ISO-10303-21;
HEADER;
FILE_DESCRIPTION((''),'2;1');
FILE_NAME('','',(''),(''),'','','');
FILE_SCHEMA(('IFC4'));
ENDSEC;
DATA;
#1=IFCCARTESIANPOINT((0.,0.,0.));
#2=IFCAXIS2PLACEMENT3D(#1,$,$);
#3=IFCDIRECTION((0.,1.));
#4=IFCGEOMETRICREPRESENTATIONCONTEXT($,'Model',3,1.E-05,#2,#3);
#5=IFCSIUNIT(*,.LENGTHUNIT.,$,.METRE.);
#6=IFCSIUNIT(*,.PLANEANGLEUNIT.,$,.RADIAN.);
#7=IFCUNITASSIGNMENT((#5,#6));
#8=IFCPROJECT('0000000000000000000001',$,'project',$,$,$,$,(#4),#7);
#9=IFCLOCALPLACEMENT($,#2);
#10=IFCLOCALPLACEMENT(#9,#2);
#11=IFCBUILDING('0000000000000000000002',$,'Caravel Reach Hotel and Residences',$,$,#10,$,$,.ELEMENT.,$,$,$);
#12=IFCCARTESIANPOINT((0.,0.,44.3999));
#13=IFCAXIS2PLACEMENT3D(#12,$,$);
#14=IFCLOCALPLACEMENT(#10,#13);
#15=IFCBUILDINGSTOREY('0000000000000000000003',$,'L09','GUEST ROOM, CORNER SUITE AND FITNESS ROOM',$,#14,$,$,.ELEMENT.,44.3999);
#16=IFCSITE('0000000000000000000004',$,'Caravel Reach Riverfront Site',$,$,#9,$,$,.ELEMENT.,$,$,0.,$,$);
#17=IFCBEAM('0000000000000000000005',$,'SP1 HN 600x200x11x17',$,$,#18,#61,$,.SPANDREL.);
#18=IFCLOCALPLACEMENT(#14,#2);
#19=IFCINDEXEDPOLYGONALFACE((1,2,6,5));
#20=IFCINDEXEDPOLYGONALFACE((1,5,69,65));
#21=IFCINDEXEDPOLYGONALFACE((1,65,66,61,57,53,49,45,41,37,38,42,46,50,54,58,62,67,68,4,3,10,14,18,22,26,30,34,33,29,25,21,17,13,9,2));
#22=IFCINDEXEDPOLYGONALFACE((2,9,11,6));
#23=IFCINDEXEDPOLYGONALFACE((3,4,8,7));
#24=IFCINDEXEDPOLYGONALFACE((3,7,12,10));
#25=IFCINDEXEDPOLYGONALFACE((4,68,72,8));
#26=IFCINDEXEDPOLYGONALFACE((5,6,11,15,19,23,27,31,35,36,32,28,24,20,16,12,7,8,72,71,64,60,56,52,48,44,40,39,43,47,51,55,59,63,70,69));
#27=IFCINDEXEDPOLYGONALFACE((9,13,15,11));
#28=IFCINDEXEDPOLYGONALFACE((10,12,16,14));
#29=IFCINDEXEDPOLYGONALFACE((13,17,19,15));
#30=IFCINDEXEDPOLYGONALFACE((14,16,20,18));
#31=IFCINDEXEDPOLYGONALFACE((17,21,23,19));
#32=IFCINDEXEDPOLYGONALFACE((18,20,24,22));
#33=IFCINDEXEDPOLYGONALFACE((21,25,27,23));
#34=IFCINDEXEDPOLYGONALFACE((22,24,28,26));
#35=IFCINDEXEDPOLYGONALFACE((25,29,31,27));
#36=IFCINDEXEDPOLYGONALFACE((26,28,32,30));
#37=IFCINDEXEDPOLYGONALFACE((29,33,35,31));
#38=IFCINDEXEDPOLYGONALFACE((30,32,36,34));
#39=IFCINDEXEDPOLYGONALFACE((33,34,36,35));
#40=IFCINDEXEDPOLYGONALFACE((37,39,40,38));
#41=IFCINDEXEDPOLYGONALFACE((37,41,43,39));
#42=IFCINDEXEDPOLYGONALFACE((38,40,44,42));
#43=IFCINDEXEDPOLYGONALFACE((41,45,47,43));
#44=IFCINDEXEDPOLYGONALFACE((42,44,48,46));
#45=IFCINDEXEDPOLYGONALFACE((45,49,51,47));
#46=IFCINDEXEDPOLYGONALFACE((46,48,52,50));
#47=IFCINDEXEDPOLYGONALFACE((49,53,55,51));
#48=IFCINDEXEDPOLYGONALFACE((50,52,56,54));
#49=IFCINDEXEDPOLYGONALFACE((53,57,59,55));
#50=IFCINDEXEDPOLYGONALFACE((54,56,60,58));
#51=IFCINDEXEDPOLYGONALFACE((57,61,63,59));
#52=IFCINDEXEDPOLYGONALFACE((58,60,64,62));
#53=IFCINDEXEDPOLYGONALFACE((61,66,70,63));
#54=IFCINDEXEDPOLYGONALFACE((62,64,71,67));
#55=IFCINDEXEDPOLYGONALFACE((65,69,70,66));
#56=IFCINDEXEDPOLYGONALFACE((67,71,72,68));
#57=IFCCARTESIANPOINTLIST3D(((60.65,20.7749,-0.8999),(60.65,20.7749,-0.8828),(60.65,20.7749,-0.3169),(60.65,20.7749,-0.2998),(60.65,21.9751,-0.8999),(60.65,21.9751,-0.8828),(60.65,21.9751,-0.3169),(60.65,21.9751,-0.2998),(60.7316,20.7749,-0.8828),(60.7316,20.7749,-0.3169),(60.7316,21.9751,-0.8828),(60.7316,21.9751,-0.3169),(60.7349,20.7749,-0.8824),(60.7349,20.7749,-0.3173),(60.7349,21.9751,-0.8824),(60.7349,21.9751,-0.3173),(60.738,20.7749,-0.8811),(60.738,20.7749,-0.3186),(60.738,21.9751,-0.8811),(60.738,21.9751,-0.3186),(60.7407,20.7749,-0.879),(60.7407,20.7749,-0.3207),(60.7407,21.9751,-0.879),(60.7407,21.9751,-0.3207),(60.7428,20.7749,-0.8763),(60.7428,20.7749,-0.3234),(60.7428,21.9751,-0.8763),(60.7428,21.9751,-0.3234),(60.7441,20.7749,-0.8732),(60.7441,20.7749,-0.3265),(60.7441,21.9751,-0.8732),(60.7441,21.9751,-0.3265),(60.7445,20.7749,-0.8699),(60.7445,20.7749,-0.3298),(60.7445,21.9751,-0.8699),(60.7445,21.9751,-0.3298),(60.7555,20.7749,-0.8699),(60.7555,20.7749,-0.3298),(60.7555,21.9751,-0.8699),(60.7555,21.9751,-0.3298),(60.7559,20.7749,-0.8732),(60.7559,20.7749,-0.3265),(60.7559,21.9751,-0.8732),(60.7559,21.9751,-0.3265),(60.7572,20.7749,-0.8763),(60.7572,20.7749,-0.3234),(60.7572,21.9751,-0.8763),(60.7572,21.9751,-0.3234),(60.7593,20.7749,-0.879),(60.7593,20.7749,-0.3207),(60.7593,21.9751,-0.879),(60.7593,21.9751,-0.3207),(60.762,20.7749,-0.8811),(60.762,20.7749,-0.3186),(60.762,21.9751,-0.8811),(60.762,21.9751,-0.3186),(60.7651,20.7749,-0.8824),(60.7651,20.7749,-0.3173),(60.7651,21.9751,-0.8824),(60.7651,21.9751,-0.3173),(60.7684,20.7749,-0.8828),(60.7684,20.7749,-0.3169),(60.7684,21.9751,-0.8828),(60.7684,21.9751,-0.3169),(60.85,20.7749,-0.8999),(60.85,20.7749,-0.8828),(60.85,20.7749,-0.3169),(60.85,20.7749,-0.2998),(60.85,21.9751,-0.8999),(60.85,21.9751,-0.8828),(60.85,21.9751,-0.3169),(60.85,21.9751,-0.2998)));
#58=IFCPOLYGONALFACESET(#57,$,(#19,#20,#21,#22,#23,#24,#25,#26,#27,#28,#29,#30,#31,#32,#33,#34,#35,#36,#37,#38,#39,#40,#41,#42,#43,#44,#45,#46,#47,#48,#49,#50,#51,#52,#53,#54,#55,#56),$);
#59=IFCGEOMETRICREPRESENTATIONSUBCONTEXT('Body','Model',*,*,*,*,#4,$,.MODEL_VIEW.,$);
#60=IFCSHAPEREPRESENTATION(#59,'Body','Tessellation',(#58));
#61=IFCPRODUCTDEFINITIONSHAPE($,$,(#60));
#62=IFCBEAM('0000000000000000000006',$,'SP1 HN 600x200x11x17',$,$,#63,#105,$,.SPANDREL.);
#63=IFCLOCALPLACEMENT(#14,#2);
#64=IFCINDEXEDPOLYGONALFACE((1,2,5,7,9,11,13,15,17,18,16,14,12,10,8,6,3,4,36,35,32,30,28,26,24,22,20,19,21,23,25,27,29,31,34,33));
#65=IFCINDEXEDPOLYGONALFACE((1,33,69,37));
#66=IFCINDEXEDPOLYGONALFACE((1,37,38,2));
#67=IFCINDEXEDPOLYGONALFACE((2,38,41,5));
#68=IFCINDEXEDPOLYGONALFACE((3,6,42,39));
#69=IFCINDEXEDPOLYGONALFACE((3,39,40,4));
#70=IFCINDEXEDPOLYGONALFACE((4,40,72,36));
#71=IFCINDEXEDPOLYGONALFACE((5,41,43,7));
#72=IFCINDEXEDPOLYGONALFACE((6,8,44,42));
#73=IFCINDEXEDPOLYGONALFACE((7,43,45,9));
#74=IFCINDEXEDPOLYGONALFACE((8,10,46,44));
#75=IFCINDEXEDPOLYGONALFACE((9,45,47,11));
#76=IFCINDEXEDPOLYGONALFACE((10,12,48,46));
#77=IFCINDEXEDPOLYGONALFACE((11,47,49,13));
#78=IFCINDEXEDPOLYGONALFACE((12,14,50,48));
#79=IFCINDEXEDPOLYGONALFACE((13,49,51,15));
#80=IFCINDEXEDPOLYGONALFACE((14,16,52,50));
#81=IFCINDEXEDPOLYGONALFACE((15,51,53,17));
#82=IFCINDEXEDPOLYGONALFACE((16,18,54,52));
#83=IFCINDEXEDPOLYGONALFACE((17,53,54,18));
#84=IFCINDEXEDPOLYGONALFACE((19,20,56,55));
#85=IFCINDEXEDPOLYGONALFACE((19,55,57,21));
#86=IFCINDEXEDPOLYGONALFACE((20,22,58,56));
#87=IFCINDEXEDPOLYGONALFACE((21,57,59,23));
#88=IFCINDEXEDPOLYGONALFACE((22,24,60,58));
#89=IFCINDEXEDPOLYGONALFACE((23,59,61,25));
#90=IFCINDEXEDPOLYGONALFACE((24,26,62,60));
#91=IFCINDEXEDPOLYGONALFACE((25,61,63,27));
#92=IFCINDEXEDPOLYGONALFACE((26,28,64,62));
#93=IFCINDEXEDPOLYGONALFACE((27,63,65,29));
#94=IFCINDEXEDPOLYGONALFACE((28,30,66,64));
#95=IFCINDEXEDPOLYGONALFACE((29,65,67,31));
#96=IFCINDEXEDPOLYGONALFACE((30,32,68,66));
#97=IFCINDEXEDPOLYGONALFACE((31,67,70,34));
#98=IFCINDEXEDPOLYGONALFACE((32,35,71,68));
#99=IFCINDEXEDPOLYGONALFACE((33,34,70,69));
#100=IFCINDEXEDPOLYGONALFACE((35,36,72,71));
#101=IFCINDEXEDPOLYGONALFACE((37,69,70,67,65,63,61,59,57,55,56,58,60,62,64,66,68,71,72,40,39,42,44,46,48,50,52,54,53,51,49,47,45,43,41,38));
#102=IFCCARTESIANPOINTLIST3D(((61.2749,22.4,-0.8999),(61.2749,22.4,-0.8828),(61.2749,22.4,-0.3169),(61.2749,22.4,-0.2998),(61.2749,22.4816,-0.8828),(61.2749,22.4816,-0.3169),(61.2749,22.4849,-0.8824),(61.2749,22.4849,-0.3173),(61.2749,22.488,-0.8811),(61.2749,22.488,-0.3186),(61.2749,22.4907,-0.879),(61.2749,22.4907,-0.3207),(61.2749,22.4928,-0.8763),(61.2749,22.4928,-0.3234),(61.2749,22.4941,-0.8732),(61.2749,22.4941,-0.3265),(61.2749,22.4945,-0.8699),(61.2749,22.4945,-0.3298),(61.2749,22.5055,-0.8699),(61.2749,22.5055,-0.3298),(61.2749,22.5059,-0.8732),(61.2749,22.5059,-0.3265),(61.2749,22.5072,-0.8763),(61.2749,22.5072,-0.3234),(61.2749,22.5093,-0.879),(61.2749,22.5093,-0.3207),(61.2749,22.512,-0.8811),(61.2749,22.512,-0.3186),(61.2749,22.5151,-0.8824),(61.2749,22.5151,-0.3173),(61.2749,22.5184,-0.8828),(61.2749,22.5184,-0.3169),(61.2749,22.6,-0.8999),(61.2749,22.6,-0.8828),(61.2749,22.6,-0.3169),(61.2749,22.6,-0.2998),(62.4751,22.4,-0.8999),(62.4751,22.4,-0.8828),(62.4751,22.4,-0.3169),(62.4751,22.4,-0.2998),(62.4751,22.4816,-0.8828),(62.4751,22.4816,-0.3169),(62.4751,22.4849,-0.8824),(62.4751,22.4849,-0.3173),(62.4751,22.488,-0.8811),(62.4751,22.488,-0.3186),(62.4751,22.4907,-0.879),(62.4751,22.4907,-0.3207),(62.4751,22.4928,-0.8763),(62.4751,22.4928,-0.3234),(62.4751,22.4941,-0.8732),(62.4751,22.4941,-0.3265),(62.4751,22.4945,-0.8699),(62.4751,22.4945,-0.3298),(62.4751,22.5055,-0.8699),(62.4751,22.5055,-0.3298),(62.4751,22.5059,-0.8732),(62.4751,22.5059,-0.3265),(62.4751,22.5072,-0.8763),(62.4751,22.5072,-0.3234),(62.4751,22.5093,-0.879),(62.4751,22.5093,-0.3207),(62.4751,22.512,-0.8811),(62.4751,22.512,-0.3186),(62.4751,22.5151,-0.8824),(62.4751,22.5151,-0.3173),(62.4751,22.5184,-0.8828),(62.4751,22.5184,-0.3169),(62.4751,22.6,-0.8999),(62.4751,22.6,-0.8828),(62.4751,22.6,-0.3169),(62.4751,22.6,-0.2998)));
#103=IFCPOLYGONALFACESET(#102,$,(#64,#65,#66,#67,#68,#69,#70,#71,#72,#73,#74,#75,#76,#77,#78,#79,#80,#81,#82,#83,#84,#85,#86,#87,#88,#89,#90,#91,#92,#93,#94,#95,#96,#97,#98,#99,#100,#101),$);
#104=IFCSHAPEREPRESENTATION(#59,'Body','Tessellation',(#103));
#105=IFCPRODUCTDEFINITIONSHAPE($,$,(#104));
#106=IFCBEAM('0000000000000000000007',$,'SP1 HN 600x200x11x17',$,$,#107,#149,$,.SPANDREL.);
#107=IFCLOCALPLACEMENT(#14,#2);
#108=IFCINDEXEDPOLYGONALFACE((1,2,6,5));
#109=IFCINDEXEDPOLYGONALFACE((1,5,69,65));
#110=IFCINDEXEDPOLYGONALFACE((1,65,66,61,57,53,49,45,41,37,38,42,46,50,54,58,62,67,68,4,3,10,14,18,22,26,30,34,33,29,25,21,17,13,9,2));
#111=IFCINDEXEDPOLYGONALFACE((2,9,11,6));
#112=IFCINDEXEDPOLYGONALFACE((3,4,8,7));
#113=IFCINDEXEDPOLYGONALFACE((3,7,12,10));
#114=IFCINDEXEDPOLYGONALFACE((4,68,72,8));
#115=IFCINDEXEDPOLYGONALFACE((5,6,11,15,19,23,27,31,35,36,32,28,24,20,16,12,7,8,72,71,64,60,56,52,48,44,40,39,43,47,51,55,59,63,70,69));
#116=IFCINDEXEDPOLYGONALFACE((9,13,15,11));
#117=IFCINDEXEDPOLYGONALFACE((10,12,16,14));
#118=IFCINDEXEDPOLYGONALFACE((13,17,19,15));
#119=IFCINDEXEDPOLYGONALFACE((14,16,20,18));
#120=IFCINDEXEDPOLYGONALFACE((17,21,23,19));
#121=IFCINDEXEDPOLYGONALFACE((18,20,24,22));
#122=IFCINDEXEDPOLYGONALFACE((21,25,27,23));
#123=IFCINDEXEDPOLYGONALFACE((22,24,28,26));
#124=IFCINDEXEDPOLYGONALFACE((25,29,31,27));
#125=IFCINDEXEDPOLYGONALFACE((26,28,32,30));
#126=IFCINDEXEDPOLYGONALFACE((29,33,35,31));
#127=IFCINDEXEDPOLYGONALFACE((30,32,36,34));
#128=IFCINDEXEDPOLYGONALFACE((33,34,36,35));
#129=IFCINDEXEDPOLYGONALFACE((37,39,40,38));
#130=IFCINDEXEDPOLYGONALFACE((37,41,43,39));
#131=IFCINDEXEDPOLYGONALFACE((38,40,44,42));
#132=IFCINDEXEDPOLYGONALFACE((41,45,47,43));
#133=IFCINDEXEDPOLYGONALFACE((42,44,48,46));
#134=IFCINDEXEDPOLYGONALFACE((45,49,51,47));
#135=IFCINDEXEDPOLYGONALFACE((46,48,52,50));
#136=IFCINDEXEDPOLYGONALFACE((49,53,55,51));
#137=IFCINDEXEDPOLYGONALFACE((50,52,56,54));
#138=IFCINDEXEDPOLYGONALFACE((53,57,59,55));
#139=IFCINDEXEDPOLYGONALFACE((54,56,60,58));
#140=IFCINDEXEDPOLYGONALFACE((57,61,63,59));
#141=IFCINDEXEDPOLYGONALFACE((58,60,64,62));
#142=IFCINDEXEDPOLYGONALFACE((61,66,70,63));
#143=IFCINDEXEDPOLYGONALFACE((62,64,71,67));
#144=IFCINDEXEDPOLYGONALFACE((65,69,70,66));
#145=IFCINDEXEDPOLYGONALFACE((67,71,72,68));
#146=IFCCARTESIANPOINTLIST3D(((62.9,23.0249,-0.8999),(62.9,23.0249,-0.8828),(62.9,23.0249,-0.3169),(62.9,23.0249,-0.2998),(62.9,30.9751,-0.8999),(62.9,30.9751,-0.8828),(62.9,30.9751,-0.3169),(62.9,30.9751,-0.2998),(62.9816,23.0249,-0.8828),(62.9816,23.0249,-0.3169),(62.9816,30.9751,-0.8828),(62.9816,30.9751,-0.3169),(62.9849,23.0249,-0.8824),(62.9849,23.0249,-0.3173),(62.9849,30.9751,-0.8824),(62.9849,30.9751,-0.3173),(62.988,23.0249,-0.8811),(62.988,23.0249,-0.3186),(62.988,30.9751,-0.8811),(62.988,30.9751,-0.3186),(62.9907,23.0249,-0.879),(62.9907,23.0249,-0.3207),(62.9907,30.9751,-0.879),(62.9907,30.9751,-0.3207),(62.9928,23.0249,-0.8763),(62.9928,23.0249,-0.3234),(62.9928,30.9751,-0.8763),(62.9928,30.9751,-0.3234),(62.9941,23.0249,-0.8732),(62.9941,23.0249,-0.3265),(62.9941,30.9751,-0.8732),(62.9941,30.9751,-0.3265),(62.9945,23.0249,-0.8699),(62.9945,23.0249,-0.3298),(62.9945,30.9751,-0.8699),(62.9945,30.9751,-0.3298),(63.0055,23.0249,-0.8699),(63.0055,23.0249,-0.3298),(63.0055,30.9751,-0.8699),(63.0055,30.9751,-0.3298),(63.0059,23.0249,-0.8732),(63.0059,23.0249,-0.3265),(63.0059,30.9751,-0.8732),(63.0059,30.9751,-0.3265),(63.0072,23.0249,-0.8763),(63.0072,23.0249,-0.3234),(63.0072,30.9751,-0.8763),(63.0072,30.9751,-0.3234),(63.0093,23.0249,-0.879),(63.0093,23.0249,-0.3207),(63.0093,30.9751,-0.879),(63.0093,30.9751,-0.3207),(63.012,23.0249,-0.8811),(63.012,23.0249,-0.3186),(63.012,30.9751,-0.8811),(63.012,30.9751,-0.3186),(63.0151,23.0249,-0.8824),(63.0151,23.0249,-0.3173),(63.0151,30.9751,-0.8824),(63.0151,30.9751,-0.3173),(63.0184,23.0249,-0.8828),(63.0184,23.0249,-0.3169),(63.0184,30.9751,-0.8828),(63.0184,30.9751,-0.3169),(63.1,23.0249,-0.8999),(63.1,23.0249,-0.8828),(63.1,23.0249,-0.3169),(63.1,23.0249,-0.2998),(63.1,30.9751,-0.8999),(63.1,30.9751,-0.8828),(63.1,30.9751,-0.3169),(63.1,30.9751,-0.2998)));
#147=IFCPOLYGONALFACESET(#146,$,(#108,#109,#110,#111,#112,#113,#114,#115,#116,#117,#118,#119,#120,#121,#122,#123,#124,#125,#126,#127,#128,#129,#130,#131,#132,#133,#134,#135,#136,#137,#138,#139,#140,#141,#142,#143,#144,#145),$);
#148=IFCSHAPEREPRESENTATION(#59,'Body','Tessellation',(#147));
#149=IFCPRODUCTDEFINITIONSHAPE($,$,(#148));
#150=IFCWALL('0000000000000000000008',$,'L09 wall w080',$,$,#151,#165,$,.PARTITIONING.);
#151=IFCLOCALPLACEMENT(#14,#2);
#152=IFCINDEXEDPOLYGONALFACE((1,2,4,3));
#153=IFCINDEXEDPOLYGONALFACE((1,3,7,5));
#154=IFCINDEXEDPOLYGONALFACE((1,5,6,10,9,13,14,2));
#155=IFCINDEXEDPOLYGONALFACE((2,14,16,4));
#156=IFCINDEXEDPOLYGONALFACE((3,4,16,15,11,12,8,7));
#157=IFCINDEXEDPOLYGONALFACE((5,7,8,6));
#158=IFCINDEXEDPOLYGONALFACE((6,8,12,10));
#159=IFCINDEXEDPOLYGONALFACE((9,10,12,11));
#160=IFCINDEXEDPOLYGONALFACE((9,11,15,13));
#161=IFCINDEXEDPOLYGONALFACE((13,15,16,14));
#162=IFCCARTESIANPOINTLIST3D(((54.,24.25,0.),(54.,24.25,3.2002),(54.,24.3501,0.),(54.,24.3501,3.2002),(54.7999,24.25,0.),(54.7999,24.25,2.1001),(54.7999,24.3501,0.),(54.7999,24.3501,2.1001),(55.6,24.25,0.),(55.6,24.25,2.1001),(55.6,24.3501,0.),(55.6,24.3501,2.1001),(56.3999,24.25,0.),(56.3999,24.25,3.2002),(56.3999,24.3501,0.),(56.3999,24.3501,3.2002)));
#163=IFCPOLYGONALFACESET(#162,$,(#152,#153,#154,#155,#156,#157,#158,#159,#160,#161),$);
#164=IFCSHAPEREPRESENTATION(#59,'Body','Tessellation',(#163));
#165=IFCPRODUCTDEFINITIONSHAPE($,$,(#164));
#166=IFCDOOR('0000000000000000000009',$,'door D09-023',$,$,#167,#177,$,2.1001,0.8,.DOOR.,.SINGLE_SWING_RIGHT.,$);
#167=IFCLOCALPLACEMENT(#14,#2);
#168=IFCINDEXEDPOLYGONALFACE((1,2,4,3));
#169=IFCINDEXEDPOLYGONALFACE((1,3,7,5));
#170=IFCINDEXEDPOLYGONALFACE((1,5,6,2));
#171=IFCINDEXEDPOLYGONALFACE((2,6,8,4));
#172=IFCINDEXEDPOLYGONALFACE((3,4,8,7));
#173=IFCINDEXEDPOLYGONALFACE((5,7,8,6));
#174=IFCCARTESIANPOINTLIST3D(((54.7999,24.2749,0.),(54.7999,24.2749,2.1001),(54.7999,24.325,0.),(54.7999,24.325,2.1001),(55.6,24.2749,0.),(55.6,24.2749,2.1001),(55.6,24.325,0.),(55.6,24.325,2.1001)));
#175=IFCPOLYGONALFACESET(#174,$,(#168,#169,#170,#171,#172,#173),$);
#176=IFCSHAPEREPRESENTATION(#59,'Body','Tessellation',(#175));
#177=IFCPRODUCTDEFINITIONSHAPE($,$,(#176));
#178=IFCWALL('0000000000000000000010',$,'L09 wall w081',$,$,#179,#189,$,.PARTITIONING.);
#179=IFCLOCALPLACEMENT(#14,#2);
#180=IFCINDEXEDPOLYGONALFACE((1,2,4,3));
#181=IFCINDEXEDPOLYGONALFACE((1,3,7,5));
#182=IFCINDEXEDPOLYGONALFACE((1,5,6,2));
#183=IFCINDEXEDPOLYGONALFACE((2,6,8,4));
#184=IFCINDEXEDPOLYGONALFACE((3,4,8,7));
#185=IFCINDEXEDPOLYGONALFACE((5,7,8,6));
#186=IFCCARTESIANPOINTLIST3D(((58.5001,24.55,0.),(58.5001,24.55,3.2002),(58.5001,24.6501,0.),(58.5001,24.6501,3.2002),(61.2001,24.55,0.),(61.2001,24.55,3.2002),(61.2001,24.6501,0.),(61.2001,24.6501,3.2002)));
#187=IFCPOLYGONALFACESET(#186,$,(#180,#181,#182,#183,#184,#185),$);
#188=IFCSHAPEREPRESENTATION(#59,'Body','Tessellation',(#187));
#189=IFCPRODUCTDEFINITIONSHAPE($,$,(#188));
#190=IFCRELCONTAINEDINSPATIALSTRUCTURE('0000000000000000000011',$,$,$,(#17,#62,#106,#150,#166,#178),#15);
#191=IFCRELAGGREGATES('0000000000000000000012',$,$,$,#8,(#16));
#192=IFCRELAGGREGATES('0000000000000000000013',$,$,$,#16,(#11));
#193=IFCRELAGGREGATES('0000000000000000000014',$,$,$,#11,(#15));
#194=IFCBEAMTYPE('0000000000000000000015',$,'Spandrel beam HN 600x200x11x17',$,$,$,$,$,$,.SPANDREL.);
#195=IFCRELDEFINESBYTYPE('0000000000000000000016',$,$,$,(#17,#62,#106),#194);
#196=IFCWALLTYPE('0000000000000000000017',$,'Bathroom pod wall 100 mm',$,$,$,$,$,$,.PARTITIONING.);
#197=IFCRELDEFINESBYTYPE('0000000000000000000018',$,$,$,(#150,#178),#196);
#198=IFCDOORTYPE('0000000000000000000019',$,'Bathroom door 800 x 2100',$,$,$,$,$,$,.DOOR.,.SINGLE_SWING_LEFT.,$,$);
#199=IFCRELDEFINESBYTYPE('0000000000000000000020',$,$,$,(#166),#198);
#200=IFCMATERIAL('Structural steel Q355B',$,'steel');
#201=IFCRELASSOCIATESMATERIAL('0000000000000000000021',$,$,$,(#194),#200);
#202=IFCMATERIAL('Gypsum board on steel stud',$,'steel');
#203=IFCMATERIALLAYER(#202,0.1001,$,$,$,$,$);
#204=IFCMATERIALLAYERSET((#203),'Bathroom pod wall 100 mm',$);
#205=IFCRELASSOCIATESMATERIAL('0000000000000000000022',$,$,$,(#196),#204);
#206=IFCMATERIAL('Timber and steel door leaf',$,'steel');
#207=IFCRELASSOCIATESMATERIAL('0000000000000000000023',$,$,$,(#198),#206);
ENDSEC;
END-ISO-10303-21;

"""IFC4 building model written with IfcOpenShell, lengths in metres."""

from ifc_helpers import new_model, si_unit, direction, frame, frame_2d, origin, origin_2d, place, context, subcontext, project, spatial, rectangle, i_section, extrude, material, layer, layer_set, material_profile, profile_set, type_object, element, fill, save


model = new_model("IFC4")

# Units and contexts
model_context = context("Model", 3, precision=1e-05, world=origin(), true_north=direction((0.0, 1.0)))
body_context = subcontext(model_context, "Body", "Model", "MODEL_VIEW")
ifc_project = project(units=[si_unit("LENGTHUNIT", "METRE"), si_unit("PLANEANGLEUNIT", "RADIAN")], contexts=[model_context])

# Site, building, storey
site_placement = place(None, origin())
site = spatial("IfcSite", under=ifc_project, at=site_placement, Name="Caravel Reach Riverfront Site", CompositionType="ELEMENT", RefElevation=0.0)
building_placement = place(site_placement, origin())
building = spatial("IfcBuilding", under=site, at=building_placement, Name="Caravel Reach Hotel and Residences", CompositionType="ELEMENT")
storey_placement = place(building_placement, frame((0.0, 0.0, 44.3999)))
storey = spatial("IfcBuildingStorey", under=building, at=storey_placement, Name="L09", Description="GUEST ROOM, CORNER SUITE AND FITNESS ROOM", CompositionType="ELEMENT", Elevation=44.3999)

# Beams
ifc_material_1 = material(Name="Structural steel Q355B", Category="steel")
ifc_material_profile_1 = material_profile(ifc_material_1, i_section(OverallWidth=0.2, OverallDepth=0.6001, WebThickness=0.011, FlangeThickness=0.0171, FilletRadius=0.0129, at=origin_2d()), Name="HN 600x200x11x17")
ifc_profile_set_1 = profile_set([ifc_material_profile_1], Name="Structural steel Q355B")
beam_type = type_object("IfcBeamType", Name="Spandrel beam HN 600x200x11x17", PredefinedType="SPANDREL", material=ifc_profile_set_1)
for number, where, z_axis, x_axis, name in (
    (1, (60.75, 20.7749, -0.5999), (0.0, 1.0, 0.0), (-1.0, 0.0, 0.0), "SP1 HN 600x200x11x17"),
    (2, (61.2749, 22.5, -0.5999), (1.0, 0.0, 0.0), (0.0, 1.0, 0.0), "SP1 HN 600x200x11x17"),
):
    element("IfcBeam", number, at=place(storey_placement, frame(where, z_axis=z_axis, x_axis=x_axis)), inside=storey, type_object=beam_type, Name=name, PredefinedType="SPANDREL", context=body_context, shape_type="SweptSolid", body=[
        extrude(i_section(OverallWidth=0.2, OverallDepth=0.6001, WebThickness=0.011, FlangeThickness=0.0171, FilletRadius=0.0129, at=origin_2d()), origin(), (0.0, 0.0, 1.0), 1.2002),
    ])
beam_placement = place(storey_placement, frame((63.0, 23.0249, -0.5999), z_axis=(0.0, 1.0, 0.0), x_axis=(-1.0, 0.0, 0.0)))
element("IfcBeam", 3, at=beam_placement, inside=storey, type_object=beam_type, Name="SP1 HN 600x200x11x17", PredefinedType="SPANDREL", context=body_context, shape_type="SweptSolid", body=[
    extrude(i_section(OverallWidth=0.2, OverallDepth=0.6001, WebThickness=0.011, FlangeThickness=0.0171, FilletRadius=0.0129, at=origin_2d()), origin(), (0.0, 0.0, 1.0), 7.9502),
])

# Wall, opening, door
ifc_material_2 = material(Name="Gypsum board on steel stud", Category="steel")
ifc_layer_1 = layer(ifc_material_2, 0.1001)
ifc_layer_set_1 = layer_set([ifc_layer_1], Name="Bathroom pod wall 100 mm")
wall_type_1 = type_object("IfcWallType", Name="Bathroom pod wall 100 mm", PredefinedType="PARTITIONING", material=ifc_layer_set_1)
wall_1_placement = place(storey_placement, frame((54.0, 24.3, 0.0), z_axis=(0.0, 0.0, 1.0), x_axis=(1.0, 0.0, 0.0)))
wall_1 = element("IfcWall", 4, at=wall_1_placement, inside=storey, type_object=wall_type_1, Name="L09 wall w080", PredefinedType="PARTITIONING", context=body_context, shape_type="SweptSolid", body=[
    extrude(rectangle(XDim=2.3999, YDim=0.1001, at=frame_2d((1.2, 0.0))), origin(), (0.0, 0.0, 1.0), 3.2002),
])
opening_1_placement = place(wall_1_placement, frame((0.8, 0.0, 0.0)))
opening_1 = element("IfcOpeningElement", 5, at=opening_1_placement, cuts=wall_1, PredefinedType="OPENING", context=body_context, shape_type="SweptSolid", body=[
    extrude(rectangle(XDim=0.8, YDim=2.1001, at=frame_2d((0.3999, 1.05))), frame((0.0, 0.0601, 0.0), z_axis=(0.0, -1.0, 0.0), x_axis=(1.0, 0.0, 0.0)), (0.0, 0.0, 1.0), 0.1201),
])
ifc_material_3 = material(Name="Timber and steel door leaf", Category="steel")
door_type = type_object("IfcDoorType", Name="Bathroom door 800 x 2100", OperationType="SINGLE_SWING_LEFT", PredefinedType="DOOR", material=ifc_material_3)
door_1_placement = place(opening_1_placement, origin())
door_1 = element("IfcDoor", 6, at=door_1_placement, inside=storey, type_object=door_type, Name="door D09-023", OperationType="SINGLE_SWING_RIGHT", OverallHeight=2.1001, OverallWidth=0.8, PredefinedType="DOOR", context=body_context, shape_type="SweptSolid", body=[
    extrude(rectangle(XDim=0.8, YDim=2.1001, at=frame_2d((0.3999, 1.05))), frame((0.0, 0.0249, 0.0), z_axis=(0.0, -1.0, 0.0), x_axis=(1.0, 0.0, 0.0)), (0.0, 0.0, 1.0), 0.05),
])
fill(opening_1, door_1)

# Wall
for number, where, z_axis, x_axis, name in (
    (7, (58.5, 24.6001, 0.0), (0.0, 0.0, 1.0), (1.0, 0.0, 0.0), "L09 wall w081"),
):
    element("IfcWall", number, at=place(storey_placement, frame(where, z_axis=z_axis, x_axis=x_axis)), inside=storey, type_object=wall_type_1, Name=name, PredefinedType="PARTITIONING", context=body_context, shape_type="SweptSolid", body=[
        extrude(rectangle(XDim=2.7, YDim=0.1001, at=frame_2d((1.3501, 0.0))), origin(), (0.0, 0.0, 1.0), 3.2002),
    ])

save(model, "model.ifc")
